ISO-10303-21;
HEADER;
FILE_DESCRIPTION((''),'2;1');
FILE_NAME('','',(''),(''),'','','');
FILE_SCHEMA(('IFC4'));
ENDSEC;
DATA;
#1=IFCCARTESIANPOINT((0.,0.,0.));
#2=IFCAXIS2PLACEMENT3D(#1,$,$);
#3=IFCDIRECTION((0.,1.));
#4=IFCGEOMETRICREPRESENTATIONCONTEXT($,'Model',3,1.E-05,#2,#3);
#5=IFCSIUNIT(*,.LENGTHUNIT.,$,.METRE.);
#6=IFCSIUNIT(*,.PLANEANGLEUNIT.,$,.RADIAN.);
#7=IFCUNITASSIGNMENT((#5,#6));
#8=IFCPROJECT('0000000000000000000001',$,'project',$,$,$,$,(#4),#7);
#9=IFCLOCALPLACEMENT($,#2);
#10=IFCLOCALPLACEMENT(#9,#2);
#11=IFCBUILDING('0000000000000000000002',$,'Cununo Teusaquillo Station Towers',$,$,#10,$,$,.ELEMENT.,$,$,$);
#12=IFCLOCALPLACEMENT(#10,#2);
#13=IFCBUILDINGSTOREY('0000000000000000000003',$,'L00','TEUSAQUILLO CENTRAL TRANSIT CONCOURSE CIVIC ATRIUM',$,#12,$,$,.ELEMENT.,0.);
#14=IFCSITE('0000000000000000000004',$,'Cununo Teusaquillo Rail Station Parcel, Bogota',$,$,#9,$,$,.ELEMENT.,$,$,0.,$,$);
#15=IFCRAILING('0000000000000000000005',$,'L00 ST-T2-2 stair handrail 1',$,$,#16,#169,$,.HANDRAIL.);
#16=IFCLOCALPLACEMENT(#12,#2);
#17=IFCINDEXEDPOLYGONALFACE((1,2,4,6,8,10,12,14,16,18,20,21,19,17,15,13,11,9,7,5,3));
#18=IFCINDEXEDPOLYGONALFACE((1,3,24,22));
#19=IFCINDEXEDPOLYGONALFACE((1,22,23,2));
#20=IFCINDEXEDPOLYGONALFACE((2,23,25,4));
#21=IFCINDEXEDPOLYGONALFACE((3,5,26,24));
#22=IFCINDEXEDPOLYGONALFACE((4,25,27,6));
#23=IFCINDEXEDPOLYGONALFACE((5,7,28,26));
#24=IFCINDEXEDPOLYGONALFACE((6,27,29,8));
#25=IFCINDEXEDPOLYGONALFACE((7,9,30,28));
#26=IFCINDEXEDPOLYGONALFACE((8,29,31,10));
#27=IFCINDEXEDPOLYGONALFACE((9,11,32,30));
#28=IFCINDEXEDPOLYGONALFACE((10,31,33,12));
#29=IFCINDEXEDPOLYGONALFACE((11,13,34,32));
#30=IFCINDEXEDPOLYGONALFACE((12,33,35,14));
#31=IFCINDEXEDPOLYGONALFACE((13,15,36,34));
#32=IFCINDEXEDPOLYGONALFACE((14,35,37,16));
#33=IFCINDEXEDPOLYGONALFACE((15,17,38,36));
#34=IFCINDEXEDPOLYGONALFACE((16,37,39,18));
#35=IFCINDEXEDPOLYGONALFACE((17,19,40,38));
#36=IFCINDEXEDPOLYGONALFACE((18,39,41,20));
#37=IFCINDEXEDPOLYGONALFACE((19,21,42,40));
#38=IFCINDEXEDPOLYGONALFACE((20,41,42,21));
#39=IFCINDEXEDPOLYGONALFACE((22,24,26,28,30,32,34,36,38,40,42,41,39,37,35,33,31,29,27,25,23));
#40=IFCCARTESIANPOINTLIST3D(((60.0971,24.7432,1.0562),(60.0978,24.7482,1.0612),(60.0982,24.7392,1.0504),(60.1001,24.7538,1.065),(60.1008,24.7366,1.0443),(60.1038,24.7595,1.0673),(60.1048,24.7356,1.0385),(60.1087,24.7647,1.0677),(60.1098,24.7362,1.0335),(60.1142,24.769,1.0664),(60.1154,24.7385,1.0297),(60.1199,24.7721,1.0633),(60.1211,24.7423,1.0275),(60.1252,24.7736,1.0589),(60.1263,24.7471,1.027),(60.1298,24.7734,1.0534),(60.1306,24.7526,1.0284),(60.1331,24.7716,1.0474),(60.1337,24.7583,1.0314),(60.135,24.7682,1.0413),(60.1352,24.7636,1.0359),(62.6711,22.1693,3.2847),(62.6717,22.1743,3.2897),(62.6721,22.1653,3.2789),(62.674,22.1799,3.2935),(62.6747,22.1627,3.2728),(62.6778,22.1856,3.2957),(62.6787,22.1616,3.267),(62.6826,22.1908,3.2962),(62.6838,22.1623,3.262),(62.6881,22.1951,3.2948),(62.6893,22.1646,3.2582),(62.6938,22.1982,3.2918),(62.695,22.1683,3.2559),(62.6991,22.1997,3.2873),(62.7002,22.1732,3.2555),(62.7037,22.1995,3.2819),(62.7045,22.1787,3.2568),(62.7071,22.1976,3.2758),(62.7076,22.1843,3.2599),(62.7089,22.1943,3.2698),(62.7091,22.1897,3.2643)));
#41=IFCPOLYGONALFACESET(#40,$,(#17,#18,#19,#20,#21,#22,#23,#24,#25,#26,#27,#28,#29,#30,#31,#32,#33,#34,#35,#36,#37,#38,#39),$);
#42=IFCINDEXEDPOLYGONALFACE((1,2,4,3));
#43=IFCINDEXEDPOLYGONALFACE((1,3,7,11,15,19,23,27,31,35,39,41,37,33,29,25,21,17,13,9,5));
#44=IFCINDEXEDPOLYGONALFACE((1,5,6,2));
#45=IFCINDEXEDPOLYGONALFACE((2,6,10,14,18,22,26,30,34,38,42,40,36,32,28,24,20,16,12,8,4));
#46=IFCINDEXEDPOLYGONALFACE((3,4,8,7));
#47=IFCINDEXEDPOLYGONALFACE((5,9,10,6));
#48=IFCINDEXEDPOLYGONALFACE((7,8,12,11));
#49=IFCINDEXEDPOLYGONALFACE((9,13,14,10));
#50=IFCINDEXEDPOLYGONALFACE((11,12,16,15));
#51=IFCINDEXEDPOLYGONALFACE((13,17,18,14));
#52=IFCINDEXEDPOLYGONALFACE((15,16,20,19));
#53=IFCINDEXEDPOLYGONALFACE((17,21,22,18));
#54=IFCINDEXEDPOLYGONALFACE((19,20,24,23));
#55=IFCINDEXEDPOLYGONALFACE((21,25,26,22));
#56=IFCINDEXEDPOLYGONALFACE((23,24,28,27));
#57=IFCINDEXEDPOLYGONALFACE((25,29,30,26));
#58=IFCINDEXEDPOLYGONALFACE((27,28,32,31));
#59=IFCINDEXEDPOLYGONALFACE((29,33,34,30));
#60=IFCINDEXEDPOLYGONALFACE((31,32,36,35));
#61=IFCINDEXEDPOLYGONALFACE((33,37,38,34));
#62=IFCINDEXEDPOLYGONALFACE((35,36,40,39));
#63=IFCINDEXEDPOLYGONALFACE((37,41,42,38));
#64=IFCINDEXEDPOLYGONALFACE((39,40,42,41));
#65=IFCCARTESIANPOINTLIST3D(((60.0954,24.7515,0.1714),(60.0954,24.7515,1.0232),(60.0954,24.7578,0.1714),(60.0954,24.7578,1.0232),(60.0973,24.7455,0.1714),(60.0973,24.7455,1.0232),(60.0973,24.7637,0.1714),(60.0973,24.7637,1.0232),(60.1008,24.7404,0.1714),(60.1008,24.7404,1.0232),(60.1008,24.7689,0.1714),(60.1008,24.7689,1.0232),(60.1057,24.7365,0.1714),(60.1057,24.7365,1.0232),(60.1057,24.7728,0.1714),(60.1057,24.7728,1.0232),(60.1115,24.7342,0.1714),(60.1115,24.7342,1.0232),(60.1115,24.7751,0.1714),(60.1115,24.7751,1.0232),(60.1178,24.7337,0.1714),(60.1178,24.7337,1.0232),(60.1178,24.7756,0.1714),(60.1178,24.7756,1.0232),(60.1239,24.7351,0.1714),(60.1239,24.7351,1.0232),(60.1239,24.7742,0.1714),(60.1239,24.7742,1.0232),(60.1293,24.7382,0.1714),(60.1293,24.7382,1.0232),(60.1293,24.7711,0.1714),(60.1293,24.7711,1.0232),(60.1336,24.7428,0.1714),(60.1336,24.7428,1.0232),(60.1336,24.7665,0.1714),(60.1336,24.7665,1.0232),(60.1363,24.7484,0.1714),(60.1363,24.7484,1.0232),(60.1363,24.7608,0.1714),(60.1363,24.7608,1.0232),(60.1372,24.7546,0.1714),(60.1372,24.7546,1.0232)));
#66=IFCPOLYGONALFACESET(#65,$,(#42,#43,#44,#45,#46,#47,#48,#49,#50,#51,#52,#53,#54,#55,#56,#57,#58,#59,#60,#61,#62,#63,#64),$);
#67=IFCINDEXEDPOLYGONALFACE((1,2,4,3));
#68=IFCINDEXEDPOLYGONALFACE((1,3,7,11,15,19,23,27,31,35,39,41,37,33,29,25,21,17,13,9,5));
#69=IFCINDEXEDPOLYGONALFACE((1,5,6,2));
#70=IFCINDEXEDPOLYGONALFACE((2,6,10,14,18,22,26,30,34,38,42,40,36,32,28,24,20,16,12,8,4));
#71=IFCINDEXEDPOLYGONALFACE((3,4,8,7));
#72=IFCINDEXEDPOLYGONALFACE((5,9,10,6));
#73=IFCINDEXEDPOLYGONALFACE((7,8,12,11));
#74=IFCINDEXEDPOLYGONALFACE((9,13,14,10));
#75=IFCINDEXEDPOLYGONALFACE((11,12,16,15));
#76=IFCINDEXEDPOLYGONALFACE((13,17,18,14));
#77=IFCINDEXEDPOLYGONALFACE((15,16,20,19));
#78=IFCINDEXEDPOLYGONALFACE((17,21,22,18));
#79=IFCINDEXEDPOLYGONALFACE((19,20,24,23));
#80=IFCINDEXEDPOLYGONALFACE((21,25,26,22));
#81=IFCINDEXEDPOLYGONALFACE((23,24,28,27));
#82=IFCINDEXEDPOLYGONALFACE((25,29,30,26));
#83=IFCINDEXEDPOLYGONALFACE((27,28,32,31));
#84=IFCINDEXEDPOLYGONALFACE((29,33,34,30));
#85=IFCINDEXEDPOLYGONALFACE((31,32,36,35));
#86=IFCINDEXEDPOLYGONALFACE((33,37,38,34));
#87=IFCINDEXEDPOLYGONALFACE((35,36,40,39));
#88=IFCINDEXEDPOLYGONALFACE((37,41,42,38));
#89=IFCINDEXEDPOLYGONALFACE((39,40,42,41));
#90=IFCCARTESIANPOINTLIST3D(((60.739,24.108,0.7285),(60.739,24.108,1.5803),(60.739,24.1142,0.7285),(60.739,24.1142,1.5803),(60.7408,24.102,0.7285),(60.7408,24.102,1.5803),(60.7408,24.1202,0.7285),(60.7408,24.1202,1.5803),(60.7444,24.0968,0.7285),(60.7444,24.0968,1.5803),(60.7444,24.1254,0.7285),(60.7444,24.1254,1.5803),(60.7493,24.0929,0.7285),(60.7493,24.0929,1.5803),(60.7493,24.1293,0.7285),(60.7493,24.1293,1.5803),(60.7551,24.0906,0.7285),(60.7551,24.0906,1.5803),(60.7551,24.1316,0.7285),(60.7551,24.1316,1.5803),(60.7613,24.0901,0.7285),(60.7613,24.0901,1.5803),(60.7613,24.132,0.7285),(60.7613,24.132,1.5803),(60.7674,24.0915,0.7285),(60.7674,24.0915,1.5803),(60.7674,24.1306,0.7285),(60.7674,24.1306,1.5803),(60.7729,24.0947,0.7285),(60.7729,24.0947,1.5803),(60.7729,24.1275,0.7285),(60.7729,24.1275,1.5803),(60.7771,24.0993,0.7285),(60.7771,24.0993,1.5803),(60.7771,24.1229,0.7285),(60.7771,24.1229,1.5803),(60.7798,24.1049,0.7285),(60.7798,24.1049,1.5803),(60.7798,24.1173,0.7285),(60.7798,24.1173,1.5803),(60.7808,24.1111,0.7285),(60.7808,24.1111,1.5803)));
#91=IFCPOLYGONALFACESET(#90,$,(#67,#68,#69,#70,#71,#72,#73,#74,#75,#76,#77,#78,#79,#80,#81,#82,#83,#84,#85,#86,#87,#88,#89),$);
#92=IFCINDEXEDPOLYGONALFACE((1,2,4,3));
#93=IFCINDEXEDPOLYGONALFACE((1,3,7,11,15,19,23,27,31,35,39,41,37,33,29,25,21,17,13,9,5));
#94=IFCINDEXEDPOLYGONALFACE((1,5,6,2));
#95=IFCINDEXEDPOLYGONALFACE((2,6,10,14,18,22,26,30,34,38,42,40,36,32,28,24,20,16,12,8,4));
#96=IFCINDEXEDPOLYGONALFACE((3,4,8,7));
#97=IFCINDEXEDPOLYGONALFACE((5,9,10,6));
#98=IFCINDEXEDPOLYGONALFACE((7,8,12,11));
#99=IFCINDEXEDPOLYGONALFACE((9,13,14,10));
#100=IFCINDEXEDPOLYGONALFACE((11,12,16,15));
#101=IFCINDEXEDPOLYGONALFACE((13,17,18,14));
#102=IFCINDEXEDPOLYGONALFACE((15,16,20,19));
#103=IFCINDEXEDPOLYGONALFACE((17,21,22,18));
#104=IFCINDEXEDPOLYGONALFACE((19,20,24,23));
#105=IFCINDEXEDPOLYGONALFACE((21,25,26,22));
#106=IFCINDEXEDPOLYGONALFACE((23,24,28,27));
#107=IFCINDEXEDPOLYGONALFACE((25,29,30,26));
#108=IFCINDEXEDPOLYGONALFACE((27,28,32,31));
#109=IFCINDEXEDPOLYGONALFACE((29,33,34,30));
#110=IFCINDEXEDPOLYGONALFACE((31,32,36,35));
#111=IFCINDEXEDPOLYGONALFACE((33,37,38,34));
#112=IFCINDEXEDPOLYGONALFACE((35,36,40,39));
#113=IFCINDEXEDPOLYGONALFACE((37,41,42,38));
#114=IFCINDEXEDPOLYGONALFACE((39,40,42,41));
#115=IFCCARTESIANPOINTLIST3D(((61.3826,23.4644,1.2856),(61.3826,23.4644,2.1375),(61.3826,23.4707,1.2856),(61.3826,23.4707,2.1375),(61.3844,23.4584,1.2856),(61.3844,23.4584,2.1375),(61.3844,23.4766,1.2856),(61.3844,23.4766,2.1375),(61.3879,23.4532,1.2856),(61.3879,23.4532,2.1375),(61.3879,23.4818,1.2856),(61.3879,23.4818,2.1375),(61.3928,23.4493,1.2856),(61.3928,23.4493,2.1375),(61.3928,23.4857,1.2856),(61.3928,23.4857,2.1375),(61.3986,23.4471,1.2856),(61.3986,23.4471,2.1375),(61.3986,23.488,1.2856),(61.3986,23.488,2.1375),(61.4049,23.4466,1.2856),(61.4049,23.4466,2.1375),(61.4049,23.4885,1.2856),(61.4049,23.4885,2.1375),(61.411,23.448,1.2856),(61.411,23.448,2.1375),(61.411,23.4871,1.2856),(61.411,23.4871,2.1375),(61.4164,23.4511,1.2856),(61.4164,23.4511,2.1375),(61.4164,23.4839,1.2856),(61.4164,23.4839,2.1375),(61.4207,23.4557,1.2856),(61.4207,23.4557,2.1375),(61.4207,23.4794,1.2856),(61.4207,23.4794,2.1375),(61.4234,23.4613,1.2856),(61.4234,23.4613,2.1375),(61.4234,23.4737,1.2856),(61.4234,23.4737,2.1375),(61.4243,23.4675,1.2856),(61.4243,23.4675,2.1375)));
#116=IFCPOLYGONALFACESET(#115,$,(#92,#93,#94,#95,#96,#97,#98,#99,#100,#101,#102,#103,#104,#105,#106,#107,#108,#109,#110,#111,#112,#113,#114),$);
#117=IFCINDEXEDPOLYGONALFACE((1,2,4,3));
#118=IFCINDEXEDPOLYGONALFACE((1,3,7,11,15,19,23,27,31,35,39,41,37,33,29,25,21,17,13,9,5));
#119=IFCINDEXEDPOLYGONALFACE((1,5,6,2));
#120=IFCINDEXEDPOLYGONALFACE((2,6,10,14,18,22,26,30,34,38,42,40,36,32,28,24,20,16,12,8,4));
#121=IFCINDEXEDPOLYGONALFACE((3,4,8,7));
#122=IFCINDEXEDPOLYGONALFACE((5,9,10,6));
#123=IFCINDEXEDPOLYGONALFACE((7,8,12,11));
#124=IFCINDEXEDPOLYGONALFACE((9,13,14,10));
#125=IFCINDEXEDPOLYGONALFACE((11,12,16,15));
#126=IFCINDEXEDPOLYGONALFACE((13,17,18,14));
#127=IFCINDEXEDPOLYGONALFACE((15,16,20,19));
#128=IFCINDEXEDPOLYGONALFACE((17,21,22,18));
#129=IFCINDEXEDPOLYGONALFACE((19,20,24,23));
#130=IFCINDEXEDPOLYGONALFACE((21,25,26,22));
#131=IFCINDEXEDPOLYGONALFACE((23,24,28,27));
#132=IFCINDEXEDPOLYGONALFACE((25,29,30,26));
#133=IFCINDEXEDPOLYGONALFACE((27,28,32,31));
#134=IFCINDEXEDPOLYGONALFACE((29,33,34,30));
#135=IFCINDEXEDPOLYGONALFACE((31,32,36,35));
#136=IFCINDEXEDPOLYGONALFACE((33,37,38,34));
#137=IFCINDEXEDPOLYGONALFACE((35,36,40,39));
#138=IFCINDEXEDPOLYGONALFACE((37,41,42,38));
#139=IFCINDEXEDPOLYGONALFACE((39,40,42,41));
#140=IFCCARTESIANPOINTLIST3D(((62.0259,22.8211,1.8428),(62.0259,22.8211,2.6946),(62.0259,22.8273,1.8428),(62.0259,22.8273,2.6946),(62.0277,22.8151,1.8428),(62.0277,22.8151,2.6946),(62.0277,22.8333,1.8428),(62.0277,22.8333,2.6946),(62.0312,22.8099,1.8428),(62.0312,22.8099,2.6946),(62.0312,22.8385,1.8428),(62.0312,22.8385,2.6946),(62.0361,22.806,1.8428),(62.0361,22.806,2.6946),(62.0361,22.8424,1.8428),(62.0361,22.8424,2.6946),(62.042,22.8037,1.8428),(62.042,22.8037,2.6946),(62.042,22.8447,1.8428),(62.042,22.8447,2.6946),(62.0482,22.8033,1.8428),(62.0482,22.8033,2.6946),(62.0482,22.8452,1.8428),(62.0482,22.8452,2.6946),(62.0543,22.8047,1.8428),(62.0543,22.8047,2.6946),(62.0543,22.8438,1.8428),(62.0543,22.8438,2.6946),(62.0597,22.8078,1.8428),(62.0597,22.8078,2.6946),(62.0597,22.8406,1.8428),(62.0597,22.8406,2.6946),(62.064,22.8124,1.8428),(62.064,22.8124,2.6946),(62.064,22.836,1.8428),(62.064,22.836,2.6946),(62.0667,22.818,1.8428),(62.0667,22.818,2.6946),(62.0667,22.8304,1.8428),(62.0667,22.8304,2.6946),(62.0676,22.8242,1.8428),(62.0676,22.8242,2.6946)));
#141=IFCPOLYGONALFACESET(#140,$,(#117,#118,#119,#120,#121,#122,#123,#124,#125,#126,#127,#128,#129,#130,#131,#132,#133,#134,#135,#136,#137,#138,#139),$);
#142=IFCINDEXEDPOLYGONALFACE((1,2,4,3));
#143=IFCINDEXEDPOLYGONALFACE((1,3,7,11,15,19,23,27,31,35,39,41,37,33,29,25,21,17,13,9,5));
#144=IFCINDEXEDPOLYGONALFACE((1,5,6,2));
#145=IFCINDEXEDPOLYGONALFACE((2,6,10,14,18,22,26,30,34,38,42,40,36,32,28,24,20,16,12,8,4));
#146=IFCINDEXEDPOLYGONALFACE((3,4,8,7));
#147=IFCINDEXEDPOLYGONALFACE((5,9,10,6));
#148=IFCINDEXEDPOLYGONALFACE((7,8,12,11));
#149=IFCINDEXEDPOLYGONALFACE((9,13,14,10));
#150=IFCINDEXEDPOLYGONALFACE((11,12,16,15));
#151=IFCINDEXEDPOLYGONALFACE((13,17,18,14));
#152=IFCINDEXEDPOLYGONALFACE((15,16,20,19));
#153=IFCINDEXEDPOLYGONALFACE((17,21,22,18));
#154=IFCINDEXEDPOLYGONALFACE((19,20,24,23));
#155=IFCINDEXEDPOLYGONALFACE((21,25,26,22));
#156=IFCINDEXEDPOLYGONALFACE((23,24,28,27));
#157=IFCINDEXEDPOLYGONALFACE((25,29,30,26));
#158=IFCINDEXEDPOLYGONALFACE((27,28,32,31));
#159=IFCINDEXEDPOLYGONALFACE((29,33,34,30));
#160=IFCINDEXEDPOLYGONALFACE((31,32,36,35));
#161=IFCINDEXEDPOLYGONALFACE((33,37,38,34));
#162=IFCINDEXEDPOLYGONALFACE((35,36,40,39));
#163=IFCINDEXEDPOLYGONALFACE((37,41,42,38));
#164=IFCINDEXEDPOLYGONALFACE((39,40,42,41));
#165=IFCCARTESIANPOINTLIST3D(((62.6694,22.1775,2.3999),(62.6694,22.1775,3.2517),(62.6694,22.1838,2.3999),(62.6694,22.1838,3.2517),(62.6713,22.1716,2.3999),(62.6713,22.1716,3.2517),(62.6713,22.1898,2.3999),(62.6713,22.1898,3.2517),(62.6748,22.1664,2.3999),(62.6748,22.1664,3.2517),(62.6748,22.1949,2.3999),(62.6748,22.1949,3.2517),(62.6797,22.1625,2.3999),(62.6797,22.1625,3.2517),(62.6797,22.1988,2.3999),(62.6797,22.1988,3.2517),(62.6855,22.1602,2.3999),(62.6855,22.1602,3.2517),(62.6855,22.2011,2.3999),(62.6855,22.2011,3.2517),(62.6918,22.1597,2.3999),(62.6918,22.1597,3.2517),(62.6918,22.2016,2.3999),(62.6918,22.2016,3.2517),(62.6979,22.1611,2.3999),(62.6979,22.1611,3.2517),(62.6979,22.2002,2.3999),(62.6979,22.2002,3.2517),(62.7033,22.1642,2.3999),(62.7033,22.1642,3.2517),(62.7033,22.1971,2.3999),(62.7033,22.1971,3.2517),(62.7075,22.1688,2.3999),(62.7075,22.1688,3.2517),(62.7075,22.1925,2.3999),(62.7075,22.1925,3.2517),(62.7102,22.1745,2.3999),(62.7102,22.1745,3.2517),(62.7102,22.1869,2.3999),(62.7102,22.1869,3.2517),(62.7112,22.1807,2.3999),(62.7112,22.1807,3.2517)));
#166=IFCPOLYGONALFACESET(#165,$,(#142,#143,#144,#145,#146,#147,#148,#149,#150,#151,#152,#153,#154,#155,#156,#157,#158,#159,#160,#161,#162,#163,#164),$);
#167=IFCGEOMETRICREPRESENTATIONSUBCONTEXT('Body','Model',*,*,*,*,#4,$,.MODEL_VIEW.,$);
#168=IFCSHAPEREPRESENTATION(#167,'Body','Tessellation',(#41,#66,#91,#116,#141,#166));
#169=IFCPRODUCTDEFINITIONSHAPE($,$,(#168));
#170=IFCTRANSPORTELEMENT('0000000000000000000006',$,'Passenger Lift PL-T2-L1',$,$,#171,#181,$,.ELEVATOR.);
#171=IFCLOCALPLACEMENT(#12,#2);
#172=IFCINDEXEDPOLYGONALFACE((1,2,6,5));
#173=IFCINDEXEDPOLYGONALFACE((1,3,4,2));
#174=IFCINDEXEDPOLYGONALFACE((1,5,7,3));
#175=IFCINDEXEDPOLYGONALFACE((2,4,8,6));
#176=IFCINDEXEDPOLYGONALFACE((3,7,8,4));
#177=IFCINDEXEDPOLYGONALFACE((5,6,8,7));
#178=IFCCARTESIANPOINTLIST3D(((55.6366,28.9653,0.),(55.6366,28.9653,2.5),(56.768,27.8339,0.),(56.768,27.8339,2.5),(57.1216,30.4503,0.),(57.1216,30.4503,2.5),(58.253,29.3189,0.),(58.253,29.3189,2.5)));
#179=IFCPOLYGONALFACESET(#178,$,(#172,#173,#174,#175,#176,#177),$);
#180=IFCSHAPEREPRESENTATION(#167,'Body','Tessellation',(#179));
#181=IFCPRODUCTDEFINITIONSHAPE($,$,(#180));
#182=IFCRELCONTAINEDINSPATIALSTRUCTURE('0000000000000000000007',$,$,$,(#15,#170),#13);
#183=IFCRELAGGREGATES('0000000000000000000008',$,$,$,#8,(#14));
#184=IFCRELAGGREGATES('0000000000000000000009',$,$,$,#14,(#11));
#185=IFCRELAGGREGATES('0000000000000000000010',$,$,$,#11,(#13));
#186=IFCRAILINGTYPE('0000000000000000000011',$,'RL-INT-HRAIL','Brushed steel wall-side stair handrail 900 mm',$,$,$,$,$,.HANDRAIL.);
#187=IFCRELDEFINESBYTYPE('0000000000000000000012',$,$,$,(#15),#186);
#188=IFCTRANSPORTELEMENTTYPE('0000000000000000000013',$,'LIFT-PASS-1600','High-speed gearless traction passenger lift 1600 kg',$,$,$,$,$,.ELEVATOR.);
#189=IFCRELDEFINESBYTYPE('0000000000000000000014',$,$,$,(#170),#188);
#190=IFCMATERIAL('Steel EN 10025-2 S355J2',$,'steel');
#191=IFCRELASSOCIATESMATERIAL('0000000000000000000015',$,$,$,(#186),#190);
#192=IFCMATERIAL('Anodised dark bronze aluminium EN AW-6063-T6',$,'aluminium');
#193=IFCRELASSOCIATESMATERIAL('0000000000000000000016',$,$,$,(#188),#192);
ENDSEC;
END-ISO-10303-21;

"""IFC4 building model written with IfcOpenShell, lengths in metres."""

from ifc_helpers import new_model, si_unit, direction, frame, origin, origin_2d, place, context, subcontext, project, spatial, rectangle, circle, extrude, source, transform, mapped, material, type_object, element, save


model = new_model("IFC4")

# Units and contexts
model_context = context("Model", 3, precision=1e-05, world=origin(), true_north=direction((0.0, 1.0)))
body_context = subcontext(model_context, "Body", "Model", "MODEL_VIEW")
ifc_project = project(units=[si_unit("LENGTHUNIT", "METRE"), si_unit("PLANEANGLEUNIT", "RADIAN")], contexts=[model_context])

# Site, building, storey
site_placement = place(None, origin())
site = spatial("IfcSite", under=ifc_project, at=site_placement, Name="Cununo Teusaquillo Rail Station Parcel, Bogota", CompositionType="ELEMENT", RefElevation=0.0)
building_placement = place(site_placement, origin())
building = spatial("IfcBuilding", under=site, at=building_placement, Name="Cununo Teusaquillo Station Towers", CompositionType="ELEMENT")
storey_placement = place(building_placement, origin())
storey = spatial("IfcBuildingStorey", under=building, at=storey_placement, Name="L00", Description="TEUSAQUILLO CENTRAL TRANSIT CONCOURSE CIVIC ATRIUM", CompositionType="ELEMENT", Elevation=0.0)

# Railing
ifc_material_1 = material(Name="Steel EN 10025-2 S355J2", Category="steel")
railing_type_1 = type_object("IfcRailingType", Name="RL-INT-HRAIL", Description="Brushed steel wall-side stair handrail 900 mm", PredefinedType="HANDRAIL", material=ifc_material_1)
railing_1_placement = place(storey_placement, frame((60.1162, 24.7546, 0.1714)))
element("IfcRailing", 1, at=railing_1_placement, inside=storey, type_object=railing_type_1, Name="L00 ST-T2-2 stair handrail 1", PredefinedType="HANDRAIL", context=body_context, shape_type="SweptSolid", body=[
    extrude(circle(Radius=0.0239, at=origin_2d()), frame((0.0, 0.0, 0.876), z_axis=(0.603068, -0.603068, 0.522129), x_axis=(0.707107, 0.707107, 0.0)), (0.0, 0.0, 1.0), 4.2681),
    extrude(circle(Radius=0.021, at=origin_2d()), origin(), (0.0, 0.0, 1.0), 0.8518),
    extrude(circle(Radius=0.021, at=origin_2d()), frame((0.6436, -0.6436, 0.5571)), (0.0, 0.0, 1.0), 0.8518),
    extrude(circle(Radius=0.021, at=origin_2d()), frame((1.2871, -1.2871, 1.1143)), (0.0, 0.0, 1.0), 0.8518),
    extrude(circle(Radius=0.021, at=origin_2d()), frame((1.9304, -1.9304, 1.6714)), (0.0, 0.0, 1.0), 0.8518),
    extrude(circle(Radius=0.021, at=origin_2d()), frame((2.574, -2.574, 2.2285)), (0.0, 0.0, 1.0), 0.8518),
])

# Transport element
ifc_material_2 = material(Name="Anodised dark bronze aluminium EN AW-6063-T6", Category="aluminium")
transport_element_type = type_object("IfcTransportElementType", Name="LIFT-PASS-1600", Description="High-speed gearless traction passenger lift 1600 kg", PredefinedType="ELEVATOR", material=ifc_material_2)
shared_shape_1 = source(origin(), body_context, "Body", "SweptSolid", [
    extrude(rectangle(XDim=2.1001, YDim=1.6001, at=origin_2d()), origin(), (0.0, 0.0, 1.0), 2.5),
])
transport_element_placement = place(storey_placement, frame((56.9448, 29.1421, 0.0), z_axis=(0.0, 0.0, 1.0), x_axis=(0.707107, 0.707107, 0.0)))
element("IfcTransportElement", 2, at=transport_element_placement, inside=storey, type_object=transport_element_type, Name="Passenger Lift PL-T2-L1", PredefinedType="ELEVATOR", context=body_context, shape_type="MappedRepresentation", body=[
    mapped(shared_shape_1, transform((0.0, 0.0, 0.0), x_axis=(1.0, 0.0, 0.0), y_axis=(0.0, 1.0, 0.0), z_axis=(0.0, 0.0, 1.0), scale=1.0)),
])

save(model, "model.ifc")
